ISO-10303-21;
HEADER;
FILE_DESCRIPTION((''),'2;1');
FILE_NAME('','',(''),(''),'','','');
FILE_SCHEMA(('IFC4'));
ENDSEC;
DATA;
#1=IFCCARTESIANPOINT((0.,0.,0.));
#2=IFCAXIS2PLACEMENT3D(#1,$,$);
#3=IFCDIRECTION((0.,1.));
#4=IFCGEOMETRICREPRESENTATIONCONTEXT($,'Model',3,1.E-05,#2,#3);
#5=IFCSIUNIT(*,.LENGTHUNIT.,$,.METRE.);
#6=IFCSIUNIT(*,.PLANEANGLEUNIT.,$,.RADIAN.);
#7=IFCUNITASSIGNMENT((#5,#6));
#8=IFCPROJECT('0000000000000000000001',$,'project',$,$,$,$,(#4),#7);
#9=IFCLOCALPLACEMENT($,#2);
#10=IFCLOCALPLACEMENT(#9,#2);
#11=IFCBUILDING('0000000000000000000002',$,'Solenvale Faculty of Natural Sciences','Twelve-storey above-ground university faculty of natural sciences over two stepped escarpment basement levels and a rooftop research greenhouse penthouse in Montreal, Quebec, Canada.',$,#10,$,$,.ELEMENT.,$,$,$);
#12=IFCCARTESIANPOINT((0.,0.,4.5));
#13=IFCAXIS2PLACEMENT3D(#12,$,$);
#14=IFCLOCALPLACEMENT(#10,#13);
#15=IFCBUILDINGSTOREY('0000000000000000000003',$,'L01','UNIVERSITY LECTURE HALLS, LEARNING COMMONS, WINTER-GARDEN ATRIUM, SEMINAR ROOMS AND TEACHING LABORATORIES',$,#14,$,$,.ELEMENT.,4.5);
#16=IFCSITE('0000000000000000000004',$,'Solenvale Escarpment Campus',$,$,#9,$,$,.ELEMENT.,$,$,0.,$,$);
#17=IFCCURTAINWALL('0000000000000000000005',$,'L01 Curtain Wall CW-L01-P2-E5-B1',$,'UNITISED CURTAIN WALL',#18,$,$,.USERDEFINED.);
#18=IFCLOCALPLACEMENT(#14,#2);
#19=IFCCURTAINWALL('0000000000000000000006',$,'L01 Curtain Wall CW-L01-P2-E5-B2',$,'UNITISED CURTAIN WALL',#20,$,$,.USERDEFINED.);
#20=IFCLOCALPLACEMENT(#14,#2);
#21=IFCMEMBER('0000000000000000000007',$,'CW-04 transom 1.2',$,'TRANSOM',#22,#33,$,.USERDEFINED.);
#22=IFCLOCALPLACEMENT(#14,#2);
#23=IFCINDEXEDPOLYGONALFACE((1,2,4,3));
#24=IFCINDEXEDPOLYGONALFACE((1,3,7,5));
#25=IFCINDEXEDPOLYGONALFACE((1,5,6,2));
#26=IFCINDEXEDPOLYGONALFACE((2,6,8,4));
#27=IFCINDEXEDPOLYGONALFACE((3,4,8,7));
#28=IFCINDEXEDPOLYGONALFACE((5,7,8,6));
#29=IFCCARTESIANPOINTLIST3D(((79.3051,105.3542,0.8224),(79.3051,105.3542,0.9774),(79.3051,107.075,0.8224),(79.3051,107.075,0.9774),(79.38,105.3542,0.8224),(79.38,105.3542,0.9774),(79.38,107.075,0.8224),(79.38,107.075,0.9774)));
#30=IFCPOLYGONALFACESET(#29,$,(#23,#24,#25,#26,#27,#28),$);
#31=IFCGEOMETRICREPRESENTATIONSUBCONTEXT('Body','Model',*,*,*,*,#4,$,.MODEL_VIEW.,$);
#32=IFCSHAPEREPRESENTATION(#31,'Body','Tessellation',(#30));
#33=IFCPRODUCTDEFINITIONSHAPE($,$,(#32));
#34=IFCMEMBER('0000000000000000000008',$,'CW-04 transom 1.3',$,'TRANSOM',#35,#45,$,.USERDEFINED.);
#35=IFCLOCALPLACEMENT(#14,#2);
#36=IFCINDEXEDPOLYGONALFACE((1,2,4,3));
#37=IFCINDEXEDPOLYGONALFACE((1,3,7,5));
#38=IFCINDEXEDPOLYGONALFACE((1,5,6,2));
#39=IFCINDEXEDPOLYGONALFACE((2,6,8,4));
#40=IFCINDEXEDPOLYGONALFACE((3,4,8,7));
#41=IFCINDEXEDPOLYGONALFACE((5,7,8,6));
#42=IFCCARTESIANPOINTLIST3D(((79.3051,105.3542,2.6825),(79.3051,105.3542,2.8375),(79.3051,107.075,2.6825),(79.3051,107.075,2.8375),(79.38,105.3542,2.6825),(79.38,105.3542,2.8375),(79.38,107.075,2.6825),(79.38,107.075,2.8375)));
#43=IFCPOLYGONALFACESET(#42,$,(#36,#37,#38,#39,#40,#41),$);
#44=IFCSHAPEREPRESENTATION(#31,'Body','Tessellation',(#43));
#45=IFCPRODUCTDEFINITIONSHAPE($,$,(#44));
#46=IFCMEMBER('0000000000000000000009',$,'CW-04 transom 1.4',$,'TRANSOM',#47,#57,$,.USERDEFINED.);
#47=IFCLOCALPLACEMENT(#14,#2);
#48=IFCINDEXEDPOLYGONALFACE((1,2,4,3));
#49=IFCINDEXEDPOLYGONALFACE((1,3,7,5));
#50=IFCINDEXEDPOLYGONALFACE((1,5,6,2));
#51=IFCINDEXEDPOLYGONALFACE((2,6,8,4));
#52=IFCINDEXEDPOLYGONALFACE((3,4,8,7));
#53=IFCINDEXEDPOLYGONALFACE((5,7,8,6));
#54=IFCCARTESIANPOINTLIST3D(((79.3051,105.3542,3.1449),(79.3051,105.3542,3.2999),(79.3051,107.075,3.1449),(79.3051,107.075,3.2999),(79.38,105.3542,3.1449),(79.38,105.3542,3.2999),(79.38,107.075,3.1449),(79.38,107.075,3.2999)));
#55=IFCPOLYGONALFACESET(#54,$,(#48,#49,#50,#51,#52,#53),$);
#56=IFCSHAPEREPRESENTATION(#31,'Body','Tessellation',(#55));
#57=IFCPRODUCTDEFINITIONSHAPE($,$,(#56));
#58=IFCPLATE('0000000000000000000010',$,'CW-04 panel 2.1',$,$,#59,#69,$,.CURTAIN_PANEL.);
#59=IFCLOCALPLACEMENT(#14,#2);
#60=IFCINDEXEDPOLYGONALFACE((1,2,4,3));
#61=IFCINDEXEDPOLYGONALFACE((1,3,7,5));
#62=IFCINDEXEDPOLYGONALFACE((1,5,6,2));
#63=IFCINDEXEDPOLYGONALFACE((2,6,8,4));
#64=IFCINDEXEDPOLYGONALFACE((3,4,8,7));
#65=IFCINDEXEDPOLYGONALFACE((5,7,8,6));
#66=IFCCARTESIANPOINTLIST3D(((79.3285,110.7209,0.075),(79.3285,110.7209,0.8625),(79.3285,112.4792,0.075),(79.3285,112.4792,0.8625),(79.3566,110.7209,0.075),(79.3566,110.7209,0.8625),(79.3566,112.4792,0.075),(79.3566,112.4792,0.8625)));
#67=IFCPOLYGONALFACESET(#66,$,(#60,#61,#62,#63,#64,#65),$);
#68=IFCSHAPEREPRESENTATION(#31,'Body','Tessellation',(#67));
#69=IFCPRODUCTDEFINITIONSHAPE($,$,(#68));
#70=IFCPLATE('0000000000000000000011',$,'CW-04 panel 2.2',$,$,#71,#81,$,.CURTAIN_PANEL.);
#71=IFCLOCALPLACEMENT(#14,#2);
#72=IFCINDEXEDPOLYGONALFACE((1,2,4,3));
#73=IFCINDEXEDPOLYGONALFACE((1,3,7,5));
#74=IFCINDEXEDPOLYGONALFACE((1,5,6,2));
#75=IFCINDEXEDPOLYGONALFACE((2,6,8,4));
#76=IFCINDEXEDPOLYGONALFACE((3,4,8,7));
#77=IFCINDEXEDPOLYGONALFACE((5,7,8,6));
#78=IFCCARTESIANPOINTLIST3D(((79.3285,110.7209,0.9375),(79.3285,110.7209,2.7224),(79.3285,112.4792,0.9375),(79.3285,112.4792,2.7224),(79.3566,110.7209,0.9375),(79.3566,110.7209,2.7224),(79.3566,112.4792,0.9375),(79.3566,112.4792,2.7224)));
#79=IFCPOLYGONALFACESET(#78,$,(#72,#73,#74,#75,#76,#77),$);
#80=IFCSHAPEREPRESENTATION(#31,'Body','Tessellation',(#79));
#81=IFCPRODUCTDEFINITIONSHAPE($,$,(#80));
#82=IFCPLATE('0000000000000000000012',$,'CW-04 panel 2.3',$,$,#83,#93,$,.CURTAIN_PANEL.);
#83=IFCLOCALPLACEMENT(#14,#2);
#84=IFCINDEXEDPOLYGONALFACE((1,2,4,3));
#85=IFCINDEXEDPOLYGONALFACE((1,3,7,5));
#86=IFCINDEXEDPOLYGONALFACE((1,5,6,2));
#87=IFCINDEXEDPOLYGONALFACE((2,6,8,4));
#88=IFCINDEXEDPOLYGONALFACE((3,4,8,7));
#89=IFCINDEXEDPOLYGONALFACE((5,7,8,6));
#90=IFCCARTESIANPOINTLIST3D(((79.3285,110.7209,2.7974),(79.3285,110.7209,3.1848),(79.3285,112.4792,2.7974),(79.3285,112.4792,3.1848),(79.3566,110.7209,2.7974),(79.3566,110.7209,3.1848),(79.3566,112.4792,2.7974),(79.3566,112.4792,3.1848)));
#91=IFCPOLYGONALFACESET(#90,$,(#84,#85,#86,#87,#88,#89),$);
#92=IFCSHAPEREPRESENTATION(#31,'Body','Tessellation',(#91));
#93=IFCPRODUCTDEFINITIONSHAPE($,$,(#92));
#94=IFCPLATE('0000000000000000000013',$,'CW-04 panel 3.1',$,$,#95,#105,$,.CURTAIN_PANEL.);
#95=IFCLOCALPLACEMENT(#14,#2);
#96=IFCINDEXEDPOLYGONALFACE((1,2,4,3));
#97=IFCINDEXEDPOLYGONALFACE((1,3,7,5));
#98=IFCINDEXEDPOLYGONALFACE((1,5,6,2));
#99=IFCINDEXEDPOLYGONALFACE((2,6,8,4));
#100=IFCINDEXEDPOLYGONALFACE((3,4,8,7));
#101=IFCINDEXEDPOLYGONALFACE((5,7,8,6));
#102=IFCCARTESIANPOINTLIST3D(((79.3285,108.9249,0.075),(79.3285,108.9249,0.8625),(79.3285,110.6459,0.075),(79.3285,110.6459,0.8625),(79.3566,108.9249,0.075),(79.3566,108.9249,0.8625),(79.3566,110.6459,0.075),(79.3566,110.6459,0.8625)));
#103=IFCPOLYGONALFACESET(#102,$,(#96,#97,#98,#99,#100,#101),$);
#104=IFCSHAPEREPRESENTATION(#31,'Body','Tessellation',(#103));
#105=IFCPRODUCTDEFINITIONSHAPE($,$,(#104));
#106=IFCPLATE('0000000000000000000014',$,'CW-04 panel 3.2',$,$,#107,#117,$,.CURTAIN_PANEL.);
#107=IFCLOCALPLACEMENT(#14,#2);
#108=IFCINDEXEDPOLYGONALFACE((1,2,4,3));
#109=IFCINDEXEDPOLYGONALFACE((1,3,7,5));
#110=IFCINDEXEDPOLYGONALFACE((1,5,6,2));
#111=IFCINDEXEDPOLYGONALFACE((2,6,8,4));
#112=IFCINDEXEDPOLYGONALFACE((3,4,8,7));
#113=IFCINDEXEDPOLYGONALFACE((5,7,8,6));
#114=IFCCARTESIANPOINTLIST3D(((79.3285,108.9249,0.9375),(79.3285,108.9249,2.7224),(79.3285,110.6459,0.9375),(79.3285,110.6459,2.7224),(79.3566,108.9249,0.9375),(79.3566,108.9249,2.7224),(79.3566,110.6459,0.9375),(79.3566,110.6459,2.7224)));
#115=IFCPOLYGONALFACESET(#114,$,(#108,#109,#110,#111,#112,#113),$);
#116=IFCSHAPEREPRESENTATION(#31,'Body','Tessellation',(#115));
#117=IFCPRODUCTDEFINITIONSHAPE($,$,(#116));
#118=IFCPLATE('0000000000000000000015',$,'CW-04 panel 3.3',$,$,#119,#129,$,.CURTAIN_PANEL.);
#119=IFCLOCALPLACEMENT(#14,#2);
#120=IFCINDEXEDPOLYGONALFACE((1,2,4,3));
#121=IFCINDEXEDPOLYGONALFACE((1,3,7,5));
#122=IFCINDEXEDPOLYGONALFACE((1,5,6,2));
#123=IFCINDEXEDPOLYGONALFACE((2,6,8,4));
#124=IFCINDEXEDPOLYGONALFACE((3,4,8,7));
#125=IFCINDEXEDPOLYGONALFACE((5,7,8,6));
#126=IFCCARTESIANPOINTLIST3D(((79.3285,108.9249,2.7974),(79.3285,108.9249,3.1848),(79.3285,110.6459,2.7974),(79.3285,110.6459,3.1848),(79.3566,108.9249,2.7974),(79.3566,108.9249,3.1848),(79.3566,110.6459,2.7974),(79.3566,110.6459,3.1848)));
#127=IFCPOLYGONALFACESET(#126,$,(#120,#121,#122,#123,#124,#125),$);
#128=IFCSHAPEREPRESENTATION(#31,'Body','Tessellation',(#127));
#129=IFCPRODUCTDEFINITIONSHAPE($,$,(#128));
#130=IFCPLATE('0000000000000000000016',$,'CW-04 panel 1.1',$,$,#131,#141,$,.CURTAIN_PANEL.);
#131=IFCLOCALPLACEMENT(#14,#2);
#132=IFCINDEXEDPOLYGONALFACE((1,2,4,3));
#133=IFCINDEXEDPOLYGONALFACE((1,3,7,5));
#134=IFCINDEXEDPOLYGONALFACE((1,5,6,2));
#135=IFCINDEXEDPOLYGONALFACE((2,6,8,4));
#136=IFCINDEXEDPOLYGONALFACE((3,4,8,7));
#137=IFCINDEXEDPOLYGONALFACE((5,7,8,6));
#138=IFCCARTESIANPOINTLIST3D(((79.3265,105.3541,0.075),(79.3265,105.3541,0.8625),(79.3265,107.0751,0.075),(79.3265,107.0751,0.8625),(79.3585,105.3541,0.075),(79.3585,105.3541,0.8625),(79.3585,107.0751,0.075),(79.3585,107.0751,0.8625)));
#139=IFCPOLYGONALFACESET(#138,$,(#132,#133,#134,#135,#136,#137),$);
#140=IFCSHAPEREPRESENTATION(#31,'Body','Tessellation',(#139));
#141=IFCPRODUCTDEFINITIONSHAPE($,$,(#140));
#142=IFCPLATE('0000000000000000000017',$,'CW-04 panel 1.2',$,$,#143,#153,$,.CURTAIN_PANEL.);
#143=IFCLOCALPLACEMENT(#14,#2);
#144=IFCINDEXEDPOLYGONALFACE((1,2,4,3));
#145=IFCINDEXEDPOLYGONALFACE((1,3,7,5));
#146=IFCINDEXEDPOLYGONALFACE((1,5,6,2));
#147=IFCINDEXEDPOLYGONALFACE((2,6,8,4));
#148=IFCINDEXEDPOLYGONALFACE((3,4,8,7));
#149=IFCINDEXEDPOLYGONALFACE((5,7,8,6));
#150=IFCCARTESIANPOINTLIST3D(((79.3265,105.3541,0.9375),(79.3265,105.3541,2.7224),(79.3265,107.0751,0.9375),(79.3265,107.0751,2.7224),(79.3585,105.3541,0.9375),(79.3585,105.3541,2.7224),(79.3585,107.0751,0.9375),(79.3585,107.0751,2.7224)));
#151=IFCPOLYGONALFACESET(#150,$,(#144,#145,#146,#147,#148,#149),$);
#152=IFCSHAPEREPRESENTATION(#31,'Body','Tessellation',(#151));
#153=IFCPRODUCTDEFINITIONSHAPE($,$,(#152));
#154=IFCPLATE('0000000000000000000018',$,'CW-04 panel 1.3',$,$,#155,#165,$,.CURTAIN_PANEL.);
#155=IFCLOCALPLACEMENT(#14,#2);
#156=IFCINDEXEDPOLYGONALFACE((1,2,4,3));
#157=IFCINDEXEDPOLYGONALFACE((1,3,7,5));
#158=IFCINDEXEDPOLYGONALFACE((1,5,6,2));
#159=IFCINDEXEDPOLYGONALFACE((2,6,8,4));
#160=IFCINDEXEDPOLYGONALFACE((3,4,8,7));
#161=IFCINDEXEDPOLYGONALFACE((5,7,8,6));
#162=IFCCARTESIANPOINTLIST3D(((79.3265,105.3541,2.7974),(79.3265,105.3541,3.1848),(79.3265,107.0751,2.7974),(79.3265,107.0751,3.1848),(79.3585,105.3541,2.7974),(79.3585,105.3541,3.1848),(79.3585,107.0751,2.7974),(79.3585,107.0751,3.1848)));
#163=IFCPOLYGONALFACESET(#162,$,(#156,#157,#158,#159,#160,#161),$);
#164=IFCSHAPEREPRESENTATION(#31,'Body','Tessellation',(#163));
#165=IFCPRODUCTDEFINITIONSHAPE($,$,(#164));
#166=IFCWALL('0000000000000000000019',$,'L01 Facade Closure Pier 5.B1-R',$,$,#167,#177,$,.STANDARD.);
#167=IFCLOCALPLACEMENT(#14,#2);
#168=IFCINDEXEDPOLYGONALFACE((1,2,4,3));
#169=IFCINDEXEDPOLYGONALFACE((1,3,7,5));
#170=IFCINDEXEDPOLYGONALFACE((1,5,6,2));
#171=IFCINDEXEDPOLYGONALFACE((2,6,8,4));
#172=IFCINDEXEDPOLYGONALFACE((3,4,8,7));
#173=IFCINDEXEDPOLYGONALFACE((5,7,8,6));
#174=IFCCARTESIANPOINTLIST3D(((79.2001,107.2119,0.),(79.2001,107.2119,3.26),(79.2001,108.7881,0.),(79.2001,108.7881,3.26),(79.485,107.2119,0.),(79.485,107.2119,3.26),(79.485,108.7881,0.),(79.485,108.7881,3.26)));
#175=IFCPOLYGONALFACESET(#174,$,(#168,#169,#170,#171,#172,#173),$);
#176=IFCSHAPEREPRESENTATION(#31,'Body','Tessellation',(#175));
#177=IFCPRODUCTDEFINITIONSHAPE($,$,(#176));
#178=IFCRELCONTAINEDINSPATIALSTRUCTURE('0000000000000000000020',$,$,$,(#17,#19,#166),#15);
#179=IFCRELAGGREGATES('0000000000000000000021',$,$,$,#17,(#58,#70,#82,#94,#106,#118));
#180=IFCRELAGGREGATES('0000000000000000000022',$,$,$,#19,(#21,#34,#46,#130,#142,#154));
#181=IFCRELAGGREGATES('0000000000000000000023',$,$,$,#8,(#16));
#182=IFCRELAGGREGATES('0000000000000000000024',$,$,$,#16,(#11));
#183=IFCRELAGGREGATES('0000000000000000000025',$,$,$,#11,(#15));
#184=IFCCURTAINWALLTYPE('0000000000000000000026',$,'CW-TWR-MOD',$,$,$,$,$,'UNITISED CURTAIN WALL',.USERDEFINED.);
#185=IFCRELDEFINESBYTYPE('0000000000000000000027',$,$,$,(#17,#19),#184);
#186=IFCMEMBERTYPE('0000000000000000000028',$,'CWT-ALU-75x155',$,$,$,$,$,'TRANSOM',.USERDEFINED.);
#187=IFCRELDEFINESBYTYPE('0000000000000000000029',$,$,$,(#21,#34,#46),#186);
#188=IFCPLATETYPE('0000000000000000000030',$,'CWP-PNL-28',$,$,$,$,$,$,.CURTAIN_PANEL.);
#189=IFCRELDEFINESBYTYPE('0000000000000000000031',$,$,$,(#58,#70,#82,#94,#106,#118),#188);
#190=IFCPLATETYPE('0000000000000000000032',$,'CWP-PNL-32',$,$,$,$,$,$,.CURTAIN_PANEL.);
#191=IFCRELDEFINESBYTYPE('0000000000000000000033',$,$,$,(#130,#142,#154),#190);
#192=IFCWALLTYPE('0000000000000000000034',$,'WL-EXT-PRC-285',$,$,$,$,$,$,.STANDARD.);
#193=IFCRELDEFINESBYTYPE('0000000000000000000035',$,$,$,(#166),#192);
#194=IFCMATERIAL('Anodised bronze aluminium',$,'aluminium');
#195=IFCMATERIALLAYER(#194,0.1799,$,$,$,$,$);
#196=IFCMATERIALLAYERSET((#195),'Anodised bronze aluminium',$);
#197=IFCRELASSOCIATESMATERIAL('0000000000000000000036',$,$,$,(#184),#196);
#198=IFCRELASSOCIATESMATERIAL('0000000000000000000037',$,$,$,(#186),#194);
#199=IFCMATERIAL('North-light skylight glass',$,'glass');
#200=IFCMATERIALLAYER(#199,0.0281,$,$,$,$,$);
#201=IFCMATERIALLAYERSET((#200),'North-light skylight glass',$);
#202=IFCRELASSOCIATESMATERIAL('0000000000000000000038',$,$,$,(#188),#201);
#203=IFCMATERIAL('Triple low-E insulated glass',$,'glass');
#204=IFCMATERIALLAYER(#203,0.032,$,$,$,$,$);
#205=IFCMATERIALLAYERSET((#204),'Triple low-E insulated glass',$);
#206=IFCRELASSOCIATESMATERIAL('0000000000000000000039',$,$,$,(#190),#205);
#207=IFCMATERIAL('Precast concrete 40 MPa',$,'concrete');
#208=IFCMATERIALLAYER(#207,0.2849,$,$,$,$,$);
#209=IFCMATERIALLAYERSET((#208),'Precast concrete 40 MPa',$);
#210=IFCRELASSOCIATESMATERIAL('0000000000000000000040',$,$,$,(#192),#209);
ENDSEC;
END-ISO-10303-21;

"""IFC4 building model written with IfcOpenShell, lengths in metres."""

from ifc_helpers import new_model, si_unit, direction, frame, frame_2d, origin, origin_2d, place, context, subcontext, project, spatial, rectangle, extrude, material, layer, layer_set, material_profile, profile_set, type_object, element, aggregate, save


model = new_model("IFC4")

# Units and contexts
model_context = context("Model", 3, precision=1e-05, world=origin(), true_north=direction((0.0, 1.0)))
body_context = subcontext(model_context, "Body", "Model", "MODEL_VIEW")
ifc_project = project(units=[si_unit("LENGTHUNIT", "METRE"), si_unit("PLANEANGLEUNIT", "RADIAN")], contexts=[model_context])

# Site, building, storey
site_placement = place(None, origin())
site = spatial("IfcSite", under=ifc_project, at=site_placement, Name="Solenvale Escarpment Campus", CompositionType="ELEMENT", RefElevation=0.0)
building_placement = place(site_placement, origin())
building = spatial("IfcBuilding", under=site, at=building_placement, Name="Solenvale Faculty of Natural Sciences", Description="Twelve-storey above-ground university faculty of natural sciences over two stepped escarpment basement levels and a rooftop research greenhouse penthouse in Montreal, Quebec, Canada.", CompositionType="ELEMENT")
storey_placement = place(building_placement, frame((0.0, 0.0, 4.5)))
storey = spatial("IfcBuildingStorey", under=building, at=storey_placement, Name="L01", Description="UNIVERSITY LECTURE HALLS, LEARNING COMMONS, WINTER-GARDEN ATRIUM, SEMINAR ROOMS AND TEACHING LABORATORIES", CompositionType="ELEMENT", Elevation=4.5)

# Curtain wall
ifc_material_1 = material(Name="Anodised bronze aluminium", Category="aluminium")
ifc_layer_1 = layer(ifc_material_1, 0.1799)
ifc_layer_set_1 = layer_set([ifc_layer_1], Name="Anodised bronze aluminium")
curtain_wall_type = type_object("IfcCurtainWallType", Name="CW-TWR-MOD", ElementType="UNITISED CURTAIN WALL", PredefinedType="USERDEFINED", material=ifc_layer_set_1)
curtain_wall_1_placement = place(storey_placement, origin())
curtain_wall_1 = element("IfcCurtainWall", 1, at=curtain_wall_1_placement, inside=storey, type_object=curtain_wall_type, Name="L01 Curtain Wall CW-L01-P2-E5-B1", ObjectType="UNITISED CURTAIN WALL", PredefinedType="USERDEFINED")

# Curtain wall
curtain_wall_2_placement = place(storey_placement, origin())
curtain_wall_2 = element("IfcCurtainWall", 2, at=curtain_wall_2_placement, inside=storey, type_object=curtain_wall_type, Name="L01 Curtain Wall CW-L01-P2-E5-B2", ObjectType="UNITISED CURTAIN WALL", PredefinedType="USERDEFINED")

# Members
ifc_material_profile_1 = material_profile(ifc_material_1, rectangle(XDim=0.075, YDim=0.155, at=origin_2d()), Name="ALU-TRN-75x155")
ifc_profile_set_1 = profile_set([ifc_material_profile_1], Name="Anodised bronze aluminium")
member_type_1 = type_object("IfcMemberType", Name="CWT-ALU-75x155", ElementType="TRANSOM", PredefinedType="USERDEFINED", material=ifc_profile_set_1)
member_1_placement = place(storey_placement, frame((79.3425, 107.075, 0.8999), z_axis=(0.0, -1.0, 0.0), x_axis=(1.0, 0.0, 0.0)))
member_1 = element("IfcMember", 3, at=member_1_placement, type_object=member_type_1, Name="CW-04 transom 1.2", ObjectType="TRANSOM", PredefinedType="USERDEFINED", context=body_context, shape_type="SweptSolid", body=[
    extrude(rectangle(XDim=0.075, YDim=0.155, at=origin_2d()), origin(), (0.0, 0.0, 1.0), 1.7207),
])
member_2_placement = place(storey_placement, frame((79.3425, 107.075, 2.76), z_axis=(0.0, -1.0, 0.0), x_axis=(1.0, 0.0, 0.0)))
member_2 = element("IfcMember", 4, at=member_2_placement, type_object=member_type_1, Name="CW-04 transom 1.3", ObjectType="TRANSOM", PredefinedType="USERDEFINED", context=body_context, shape_type="SweptSolid", body=[
    extrude(rectangle(XDim=0.075, YDim=0.155, at=origin_2d()), origin(), (0.0, 0.0, 1.0), 1.7207),
])
member_3_placement = place(storey_placement, frame((79.3425, 107.075, 3.2224), z_axis=(0.0, -1.0, 0.0), x_axis=(1.0, 0.0, 0.0)))
member_3 = element("IfcMember", 5, at=member_3_placement, type_object=member_type_1, Name="CW-04 transom 1.4", ObjectType="TRANSOM", PredefinedType="USERDEFINED", context=body_context, shape_type="SweptSolid", body=[
    extrude(rectangle(XDim=0.075, YDim=0.155, at=origin_2d()), origin(), (0.0, 0.0, 1.0), 1.7207),
])

# Plates
ifc_material_2 = material(Name="North-light skylight glass", Category="glass")
ifc_layer_2 = layer(ifc_material_2, 0.0281)
ifc_layer_set_2 = layer_set([ifc_layer_2], Name="North-light skylight glass")
plate_type_1 = type_object("IfcPlateType", Name="CWP-PNL-28", PredefinedType="CURTAIN_PANEL", material=ifc_layer_set_2)
plate_1_placement = place(storey_placement, frame((79.3425, 111.6001, 0.075), z_axis=(0.0, 0.0, 1.0), x_axis=(0.0, -1.0, 0.0)))
plate_1 = element("IfcPlate", 6, at=plate_1_placement, type_object=plate_type_1, Name="CW-04 panel 2.1", PredefinedType="CURTAIN_PANEL", context=body_context, shape_type="SweptSolid", body=[
    extrude(rectangle(XDim=1.7583, YDim=0.0281, at=origin_2d()), origin(), (0.0, 0.0, 1.0), 0.7876),
])
plate_2_placement = place(storey_placement, frame((79.3425, 111.6001, 0.9375), z_axis=(0.0, 0.0, 1.0), x_axis=(0.0, -1.0, 0.0)))
plate_2 = element("IfcPlate", 7, at=plate_2_placement, type_object=plate_type_1, Name="CW-04 panel 2.2", PredefinedType="CURTAIN_PANEL", context=body_context, shape_type="SweptSolid", body=[
    extrude(rectangle(XDim=1.7583, YDim=0.0281, at=origin_2d()), origin(), (0.0, 0.0, 1.0), 1.7849),
])
plate_3_placement = place(storey_placement, frame((79.3425, 111.6001, 2.7974), z_axis=(0.0, 0.0, 1.0), x_axis=(0.0, -1.0, 0.0)))
plate_3 = element("IfcPlate", 8, at=plate_3_placement, type_object=plate_type_1, Name="CW-04 panel 2.3", PredefinedType="CURTAIN_PANEL", context=body_context, shape_type="SweptSolid", body=[
    extrude(rectangle(XDim=1.7583, YDim=0.0281, at=origin_2d()), origin(), (0.0, 0.0, 1.0), 0.3875),
])
plate_4_placement = place(storey_placement, frame((79.3425, 109.7854, 0.075), z_axis=(0.0, 0.0, 1.0), x_axis=(0.0, -1.0, 0.0)))
plate_4 = element("IfcPlate", 9, at=plate_4_placement, type_object=plate_type_1, Name="CW-04 panel 3.1", PredefinedType="CURTAIN_PANEL", context=body_context, shape_type="SweptSolid", body=[
    extrude(rectangle(XDim=1.7209, YDim=0.0281, at=origin_2d()), origin(), (0.0, 0.0, 1.0), 0.7876),
])
plate_5_placement = place(storey_placement, frame((79.3425, 109.7854, 0.9375), z_axis=(0.0, 0.0, 1.0), x_axis=(0.0, -1.0, 0.0)))
plate_5 = element("IfcPlate", 10, at=plate_5_placement, type_object=plate_type_1, Name="CW-04 panel 3.2", PredefinedType="CURTAIN_PANEL", context=body_context, shape_type="SweptSolid", body=[
    extrude(rectangle(XDim=1.7209, YDim=0.0281, at=origin_2d()), origin(), (0.0, 0.0, 1.0), 1.7849),
])
plate_6_placement = place(storey_placement, frame((79.3425, 109.7854, 2.7974), z_axis=(0.0, 0.0, 1.0), x_axis=(0.0, -1.0, 0.0)))
plate_6 = element("IfcPlate", 11, at=plate_6_placement, type_object=plate_type_1, Name="CW-04 panel 3.3", PredefinedType="CURTAIN_PANEL", context=body_context, shape_type="SweptSolid", body=[
    extrude(rectangle(XDim=1.7209, YDim=0.0281, at=origin_2d()), origin(), (0.0, 0.0, 1.0), 0.3875),
])
aggregate(curtain_wall_1, [plate_1, plate_2, plate_3, plate_4, plate_5, plate_6])
ifc_material_3 = material(Name="Triple low-E insulated glass", Category="glass")
ifc_layer_3 = layer(ifc_material_3, 0.032)
ifc_layer_set_3 = layer_set([ifc_layer_3], Name="Triple low-E insulated glass")
plate_type_2 = type_object("IfcPlateType", Name="CWP-PNL-32", PredefinedType="CURTAIN_PANEL", material=ifc_layer_set_3)
plate_7_placement = place(storey_placement, frame((79.3425, 106.2146, 0.075), z_axis=(0.0, 0.0, 1.0), x_axis=(0.0, -1.0, 0.0)))
plate_7 = element("IfcPlate", 12, at=plate_7_placement, type_object=plate_type_2, Name="CW-04 panel 1.1", PredefinedType="CURTAIN_PANEL", context=body_context, shape_type="SweptSolid", body=[
    extrude(rectangle(XDim=1.7209, YDim=0.032, at=origin_2d()), origin(), (0.0, 0.0, 1.0), 0.7876),
])
plate_8_placement = place(storey_placement, frame((79.3425, 106.2146, 0.9375), z_axis=(0.0, 0.0, 1.0), x_axis=(0.0, -1.0, 0.0)))
plate_8 = element("IfcPlate", 13, at=plate_8_placement, type_object=plate_type_2, Name="CW-04 panel 1.2", PredefinedType="CURTAIN_PANEL", context=body_context, shape_type="SweptSolid", body=[
    extrude(rectangle(XDim=1.7209, YDim=0.032, at=origin_2d()), origin(), (0.0, 0.0, 1.0), 1.7849),
])
plate_9_placement = place(storey_placement, frame((79.3425, 106.2146, 2.7974), z_axis=(0.0, 0.0, 1.0), x_axis=(0.0, -1.0, 0.0)))
plate_9 = element("IfcPlate", 14, at=plate_9_placement, type_object=plate_type_2, Name="CW-04 panel 1.3", PredefinedType="CURTAIN_PANEL", context=body_context, shape_type="SweptSolid", body=[
    extrude(rectangle(XDim=1.7209, YDim=0.032, at=origin_2d()), origin(), (0.0, 0.0, 1.0), 0.3875),
])
aggregate(curtain_wall_2, [member_1, member_2, member_3, plate_7, plate_8, plate_9])

# Wall
ifc_material_4 = material(Name="Precast concrete 40 MPa", Category="concrete")
ifc_layer_4 = layer(ifc_material_4, 0.2849)
ifc_layer_set_4 = layer_set([ifc_layer_4], Name="Precast concrete 40 MPa")
wall_type = type_object("IfcWallType", Name="WL-EXT-PRC-285", PredefinedType="STANDARD", material=ifc_layer_set_4)
wall_placement = place(storey_placement, frame((79.3425, 108.7881, 0.0), z_axis=(0.0, 0.0, 1.0), x_axis=(0.0, -1.0, 0.0)))
element("IfcWall", 15, at=wall_placement, inside=storey, type_object=wall_type, Name="L01 Facade Closure Pier 5.B1-R", PredefinedType="STANDARD", context=body_context, shape_type="SweptSolid", body=[
    extrude(rectangle(XDim=1.5762, YDim=0.2849, at=frame_2d((0.7881, 0.0))), origin(), (0.0, 0.0, 1.0), 3.26),
])

save(model, "model.ifc")
